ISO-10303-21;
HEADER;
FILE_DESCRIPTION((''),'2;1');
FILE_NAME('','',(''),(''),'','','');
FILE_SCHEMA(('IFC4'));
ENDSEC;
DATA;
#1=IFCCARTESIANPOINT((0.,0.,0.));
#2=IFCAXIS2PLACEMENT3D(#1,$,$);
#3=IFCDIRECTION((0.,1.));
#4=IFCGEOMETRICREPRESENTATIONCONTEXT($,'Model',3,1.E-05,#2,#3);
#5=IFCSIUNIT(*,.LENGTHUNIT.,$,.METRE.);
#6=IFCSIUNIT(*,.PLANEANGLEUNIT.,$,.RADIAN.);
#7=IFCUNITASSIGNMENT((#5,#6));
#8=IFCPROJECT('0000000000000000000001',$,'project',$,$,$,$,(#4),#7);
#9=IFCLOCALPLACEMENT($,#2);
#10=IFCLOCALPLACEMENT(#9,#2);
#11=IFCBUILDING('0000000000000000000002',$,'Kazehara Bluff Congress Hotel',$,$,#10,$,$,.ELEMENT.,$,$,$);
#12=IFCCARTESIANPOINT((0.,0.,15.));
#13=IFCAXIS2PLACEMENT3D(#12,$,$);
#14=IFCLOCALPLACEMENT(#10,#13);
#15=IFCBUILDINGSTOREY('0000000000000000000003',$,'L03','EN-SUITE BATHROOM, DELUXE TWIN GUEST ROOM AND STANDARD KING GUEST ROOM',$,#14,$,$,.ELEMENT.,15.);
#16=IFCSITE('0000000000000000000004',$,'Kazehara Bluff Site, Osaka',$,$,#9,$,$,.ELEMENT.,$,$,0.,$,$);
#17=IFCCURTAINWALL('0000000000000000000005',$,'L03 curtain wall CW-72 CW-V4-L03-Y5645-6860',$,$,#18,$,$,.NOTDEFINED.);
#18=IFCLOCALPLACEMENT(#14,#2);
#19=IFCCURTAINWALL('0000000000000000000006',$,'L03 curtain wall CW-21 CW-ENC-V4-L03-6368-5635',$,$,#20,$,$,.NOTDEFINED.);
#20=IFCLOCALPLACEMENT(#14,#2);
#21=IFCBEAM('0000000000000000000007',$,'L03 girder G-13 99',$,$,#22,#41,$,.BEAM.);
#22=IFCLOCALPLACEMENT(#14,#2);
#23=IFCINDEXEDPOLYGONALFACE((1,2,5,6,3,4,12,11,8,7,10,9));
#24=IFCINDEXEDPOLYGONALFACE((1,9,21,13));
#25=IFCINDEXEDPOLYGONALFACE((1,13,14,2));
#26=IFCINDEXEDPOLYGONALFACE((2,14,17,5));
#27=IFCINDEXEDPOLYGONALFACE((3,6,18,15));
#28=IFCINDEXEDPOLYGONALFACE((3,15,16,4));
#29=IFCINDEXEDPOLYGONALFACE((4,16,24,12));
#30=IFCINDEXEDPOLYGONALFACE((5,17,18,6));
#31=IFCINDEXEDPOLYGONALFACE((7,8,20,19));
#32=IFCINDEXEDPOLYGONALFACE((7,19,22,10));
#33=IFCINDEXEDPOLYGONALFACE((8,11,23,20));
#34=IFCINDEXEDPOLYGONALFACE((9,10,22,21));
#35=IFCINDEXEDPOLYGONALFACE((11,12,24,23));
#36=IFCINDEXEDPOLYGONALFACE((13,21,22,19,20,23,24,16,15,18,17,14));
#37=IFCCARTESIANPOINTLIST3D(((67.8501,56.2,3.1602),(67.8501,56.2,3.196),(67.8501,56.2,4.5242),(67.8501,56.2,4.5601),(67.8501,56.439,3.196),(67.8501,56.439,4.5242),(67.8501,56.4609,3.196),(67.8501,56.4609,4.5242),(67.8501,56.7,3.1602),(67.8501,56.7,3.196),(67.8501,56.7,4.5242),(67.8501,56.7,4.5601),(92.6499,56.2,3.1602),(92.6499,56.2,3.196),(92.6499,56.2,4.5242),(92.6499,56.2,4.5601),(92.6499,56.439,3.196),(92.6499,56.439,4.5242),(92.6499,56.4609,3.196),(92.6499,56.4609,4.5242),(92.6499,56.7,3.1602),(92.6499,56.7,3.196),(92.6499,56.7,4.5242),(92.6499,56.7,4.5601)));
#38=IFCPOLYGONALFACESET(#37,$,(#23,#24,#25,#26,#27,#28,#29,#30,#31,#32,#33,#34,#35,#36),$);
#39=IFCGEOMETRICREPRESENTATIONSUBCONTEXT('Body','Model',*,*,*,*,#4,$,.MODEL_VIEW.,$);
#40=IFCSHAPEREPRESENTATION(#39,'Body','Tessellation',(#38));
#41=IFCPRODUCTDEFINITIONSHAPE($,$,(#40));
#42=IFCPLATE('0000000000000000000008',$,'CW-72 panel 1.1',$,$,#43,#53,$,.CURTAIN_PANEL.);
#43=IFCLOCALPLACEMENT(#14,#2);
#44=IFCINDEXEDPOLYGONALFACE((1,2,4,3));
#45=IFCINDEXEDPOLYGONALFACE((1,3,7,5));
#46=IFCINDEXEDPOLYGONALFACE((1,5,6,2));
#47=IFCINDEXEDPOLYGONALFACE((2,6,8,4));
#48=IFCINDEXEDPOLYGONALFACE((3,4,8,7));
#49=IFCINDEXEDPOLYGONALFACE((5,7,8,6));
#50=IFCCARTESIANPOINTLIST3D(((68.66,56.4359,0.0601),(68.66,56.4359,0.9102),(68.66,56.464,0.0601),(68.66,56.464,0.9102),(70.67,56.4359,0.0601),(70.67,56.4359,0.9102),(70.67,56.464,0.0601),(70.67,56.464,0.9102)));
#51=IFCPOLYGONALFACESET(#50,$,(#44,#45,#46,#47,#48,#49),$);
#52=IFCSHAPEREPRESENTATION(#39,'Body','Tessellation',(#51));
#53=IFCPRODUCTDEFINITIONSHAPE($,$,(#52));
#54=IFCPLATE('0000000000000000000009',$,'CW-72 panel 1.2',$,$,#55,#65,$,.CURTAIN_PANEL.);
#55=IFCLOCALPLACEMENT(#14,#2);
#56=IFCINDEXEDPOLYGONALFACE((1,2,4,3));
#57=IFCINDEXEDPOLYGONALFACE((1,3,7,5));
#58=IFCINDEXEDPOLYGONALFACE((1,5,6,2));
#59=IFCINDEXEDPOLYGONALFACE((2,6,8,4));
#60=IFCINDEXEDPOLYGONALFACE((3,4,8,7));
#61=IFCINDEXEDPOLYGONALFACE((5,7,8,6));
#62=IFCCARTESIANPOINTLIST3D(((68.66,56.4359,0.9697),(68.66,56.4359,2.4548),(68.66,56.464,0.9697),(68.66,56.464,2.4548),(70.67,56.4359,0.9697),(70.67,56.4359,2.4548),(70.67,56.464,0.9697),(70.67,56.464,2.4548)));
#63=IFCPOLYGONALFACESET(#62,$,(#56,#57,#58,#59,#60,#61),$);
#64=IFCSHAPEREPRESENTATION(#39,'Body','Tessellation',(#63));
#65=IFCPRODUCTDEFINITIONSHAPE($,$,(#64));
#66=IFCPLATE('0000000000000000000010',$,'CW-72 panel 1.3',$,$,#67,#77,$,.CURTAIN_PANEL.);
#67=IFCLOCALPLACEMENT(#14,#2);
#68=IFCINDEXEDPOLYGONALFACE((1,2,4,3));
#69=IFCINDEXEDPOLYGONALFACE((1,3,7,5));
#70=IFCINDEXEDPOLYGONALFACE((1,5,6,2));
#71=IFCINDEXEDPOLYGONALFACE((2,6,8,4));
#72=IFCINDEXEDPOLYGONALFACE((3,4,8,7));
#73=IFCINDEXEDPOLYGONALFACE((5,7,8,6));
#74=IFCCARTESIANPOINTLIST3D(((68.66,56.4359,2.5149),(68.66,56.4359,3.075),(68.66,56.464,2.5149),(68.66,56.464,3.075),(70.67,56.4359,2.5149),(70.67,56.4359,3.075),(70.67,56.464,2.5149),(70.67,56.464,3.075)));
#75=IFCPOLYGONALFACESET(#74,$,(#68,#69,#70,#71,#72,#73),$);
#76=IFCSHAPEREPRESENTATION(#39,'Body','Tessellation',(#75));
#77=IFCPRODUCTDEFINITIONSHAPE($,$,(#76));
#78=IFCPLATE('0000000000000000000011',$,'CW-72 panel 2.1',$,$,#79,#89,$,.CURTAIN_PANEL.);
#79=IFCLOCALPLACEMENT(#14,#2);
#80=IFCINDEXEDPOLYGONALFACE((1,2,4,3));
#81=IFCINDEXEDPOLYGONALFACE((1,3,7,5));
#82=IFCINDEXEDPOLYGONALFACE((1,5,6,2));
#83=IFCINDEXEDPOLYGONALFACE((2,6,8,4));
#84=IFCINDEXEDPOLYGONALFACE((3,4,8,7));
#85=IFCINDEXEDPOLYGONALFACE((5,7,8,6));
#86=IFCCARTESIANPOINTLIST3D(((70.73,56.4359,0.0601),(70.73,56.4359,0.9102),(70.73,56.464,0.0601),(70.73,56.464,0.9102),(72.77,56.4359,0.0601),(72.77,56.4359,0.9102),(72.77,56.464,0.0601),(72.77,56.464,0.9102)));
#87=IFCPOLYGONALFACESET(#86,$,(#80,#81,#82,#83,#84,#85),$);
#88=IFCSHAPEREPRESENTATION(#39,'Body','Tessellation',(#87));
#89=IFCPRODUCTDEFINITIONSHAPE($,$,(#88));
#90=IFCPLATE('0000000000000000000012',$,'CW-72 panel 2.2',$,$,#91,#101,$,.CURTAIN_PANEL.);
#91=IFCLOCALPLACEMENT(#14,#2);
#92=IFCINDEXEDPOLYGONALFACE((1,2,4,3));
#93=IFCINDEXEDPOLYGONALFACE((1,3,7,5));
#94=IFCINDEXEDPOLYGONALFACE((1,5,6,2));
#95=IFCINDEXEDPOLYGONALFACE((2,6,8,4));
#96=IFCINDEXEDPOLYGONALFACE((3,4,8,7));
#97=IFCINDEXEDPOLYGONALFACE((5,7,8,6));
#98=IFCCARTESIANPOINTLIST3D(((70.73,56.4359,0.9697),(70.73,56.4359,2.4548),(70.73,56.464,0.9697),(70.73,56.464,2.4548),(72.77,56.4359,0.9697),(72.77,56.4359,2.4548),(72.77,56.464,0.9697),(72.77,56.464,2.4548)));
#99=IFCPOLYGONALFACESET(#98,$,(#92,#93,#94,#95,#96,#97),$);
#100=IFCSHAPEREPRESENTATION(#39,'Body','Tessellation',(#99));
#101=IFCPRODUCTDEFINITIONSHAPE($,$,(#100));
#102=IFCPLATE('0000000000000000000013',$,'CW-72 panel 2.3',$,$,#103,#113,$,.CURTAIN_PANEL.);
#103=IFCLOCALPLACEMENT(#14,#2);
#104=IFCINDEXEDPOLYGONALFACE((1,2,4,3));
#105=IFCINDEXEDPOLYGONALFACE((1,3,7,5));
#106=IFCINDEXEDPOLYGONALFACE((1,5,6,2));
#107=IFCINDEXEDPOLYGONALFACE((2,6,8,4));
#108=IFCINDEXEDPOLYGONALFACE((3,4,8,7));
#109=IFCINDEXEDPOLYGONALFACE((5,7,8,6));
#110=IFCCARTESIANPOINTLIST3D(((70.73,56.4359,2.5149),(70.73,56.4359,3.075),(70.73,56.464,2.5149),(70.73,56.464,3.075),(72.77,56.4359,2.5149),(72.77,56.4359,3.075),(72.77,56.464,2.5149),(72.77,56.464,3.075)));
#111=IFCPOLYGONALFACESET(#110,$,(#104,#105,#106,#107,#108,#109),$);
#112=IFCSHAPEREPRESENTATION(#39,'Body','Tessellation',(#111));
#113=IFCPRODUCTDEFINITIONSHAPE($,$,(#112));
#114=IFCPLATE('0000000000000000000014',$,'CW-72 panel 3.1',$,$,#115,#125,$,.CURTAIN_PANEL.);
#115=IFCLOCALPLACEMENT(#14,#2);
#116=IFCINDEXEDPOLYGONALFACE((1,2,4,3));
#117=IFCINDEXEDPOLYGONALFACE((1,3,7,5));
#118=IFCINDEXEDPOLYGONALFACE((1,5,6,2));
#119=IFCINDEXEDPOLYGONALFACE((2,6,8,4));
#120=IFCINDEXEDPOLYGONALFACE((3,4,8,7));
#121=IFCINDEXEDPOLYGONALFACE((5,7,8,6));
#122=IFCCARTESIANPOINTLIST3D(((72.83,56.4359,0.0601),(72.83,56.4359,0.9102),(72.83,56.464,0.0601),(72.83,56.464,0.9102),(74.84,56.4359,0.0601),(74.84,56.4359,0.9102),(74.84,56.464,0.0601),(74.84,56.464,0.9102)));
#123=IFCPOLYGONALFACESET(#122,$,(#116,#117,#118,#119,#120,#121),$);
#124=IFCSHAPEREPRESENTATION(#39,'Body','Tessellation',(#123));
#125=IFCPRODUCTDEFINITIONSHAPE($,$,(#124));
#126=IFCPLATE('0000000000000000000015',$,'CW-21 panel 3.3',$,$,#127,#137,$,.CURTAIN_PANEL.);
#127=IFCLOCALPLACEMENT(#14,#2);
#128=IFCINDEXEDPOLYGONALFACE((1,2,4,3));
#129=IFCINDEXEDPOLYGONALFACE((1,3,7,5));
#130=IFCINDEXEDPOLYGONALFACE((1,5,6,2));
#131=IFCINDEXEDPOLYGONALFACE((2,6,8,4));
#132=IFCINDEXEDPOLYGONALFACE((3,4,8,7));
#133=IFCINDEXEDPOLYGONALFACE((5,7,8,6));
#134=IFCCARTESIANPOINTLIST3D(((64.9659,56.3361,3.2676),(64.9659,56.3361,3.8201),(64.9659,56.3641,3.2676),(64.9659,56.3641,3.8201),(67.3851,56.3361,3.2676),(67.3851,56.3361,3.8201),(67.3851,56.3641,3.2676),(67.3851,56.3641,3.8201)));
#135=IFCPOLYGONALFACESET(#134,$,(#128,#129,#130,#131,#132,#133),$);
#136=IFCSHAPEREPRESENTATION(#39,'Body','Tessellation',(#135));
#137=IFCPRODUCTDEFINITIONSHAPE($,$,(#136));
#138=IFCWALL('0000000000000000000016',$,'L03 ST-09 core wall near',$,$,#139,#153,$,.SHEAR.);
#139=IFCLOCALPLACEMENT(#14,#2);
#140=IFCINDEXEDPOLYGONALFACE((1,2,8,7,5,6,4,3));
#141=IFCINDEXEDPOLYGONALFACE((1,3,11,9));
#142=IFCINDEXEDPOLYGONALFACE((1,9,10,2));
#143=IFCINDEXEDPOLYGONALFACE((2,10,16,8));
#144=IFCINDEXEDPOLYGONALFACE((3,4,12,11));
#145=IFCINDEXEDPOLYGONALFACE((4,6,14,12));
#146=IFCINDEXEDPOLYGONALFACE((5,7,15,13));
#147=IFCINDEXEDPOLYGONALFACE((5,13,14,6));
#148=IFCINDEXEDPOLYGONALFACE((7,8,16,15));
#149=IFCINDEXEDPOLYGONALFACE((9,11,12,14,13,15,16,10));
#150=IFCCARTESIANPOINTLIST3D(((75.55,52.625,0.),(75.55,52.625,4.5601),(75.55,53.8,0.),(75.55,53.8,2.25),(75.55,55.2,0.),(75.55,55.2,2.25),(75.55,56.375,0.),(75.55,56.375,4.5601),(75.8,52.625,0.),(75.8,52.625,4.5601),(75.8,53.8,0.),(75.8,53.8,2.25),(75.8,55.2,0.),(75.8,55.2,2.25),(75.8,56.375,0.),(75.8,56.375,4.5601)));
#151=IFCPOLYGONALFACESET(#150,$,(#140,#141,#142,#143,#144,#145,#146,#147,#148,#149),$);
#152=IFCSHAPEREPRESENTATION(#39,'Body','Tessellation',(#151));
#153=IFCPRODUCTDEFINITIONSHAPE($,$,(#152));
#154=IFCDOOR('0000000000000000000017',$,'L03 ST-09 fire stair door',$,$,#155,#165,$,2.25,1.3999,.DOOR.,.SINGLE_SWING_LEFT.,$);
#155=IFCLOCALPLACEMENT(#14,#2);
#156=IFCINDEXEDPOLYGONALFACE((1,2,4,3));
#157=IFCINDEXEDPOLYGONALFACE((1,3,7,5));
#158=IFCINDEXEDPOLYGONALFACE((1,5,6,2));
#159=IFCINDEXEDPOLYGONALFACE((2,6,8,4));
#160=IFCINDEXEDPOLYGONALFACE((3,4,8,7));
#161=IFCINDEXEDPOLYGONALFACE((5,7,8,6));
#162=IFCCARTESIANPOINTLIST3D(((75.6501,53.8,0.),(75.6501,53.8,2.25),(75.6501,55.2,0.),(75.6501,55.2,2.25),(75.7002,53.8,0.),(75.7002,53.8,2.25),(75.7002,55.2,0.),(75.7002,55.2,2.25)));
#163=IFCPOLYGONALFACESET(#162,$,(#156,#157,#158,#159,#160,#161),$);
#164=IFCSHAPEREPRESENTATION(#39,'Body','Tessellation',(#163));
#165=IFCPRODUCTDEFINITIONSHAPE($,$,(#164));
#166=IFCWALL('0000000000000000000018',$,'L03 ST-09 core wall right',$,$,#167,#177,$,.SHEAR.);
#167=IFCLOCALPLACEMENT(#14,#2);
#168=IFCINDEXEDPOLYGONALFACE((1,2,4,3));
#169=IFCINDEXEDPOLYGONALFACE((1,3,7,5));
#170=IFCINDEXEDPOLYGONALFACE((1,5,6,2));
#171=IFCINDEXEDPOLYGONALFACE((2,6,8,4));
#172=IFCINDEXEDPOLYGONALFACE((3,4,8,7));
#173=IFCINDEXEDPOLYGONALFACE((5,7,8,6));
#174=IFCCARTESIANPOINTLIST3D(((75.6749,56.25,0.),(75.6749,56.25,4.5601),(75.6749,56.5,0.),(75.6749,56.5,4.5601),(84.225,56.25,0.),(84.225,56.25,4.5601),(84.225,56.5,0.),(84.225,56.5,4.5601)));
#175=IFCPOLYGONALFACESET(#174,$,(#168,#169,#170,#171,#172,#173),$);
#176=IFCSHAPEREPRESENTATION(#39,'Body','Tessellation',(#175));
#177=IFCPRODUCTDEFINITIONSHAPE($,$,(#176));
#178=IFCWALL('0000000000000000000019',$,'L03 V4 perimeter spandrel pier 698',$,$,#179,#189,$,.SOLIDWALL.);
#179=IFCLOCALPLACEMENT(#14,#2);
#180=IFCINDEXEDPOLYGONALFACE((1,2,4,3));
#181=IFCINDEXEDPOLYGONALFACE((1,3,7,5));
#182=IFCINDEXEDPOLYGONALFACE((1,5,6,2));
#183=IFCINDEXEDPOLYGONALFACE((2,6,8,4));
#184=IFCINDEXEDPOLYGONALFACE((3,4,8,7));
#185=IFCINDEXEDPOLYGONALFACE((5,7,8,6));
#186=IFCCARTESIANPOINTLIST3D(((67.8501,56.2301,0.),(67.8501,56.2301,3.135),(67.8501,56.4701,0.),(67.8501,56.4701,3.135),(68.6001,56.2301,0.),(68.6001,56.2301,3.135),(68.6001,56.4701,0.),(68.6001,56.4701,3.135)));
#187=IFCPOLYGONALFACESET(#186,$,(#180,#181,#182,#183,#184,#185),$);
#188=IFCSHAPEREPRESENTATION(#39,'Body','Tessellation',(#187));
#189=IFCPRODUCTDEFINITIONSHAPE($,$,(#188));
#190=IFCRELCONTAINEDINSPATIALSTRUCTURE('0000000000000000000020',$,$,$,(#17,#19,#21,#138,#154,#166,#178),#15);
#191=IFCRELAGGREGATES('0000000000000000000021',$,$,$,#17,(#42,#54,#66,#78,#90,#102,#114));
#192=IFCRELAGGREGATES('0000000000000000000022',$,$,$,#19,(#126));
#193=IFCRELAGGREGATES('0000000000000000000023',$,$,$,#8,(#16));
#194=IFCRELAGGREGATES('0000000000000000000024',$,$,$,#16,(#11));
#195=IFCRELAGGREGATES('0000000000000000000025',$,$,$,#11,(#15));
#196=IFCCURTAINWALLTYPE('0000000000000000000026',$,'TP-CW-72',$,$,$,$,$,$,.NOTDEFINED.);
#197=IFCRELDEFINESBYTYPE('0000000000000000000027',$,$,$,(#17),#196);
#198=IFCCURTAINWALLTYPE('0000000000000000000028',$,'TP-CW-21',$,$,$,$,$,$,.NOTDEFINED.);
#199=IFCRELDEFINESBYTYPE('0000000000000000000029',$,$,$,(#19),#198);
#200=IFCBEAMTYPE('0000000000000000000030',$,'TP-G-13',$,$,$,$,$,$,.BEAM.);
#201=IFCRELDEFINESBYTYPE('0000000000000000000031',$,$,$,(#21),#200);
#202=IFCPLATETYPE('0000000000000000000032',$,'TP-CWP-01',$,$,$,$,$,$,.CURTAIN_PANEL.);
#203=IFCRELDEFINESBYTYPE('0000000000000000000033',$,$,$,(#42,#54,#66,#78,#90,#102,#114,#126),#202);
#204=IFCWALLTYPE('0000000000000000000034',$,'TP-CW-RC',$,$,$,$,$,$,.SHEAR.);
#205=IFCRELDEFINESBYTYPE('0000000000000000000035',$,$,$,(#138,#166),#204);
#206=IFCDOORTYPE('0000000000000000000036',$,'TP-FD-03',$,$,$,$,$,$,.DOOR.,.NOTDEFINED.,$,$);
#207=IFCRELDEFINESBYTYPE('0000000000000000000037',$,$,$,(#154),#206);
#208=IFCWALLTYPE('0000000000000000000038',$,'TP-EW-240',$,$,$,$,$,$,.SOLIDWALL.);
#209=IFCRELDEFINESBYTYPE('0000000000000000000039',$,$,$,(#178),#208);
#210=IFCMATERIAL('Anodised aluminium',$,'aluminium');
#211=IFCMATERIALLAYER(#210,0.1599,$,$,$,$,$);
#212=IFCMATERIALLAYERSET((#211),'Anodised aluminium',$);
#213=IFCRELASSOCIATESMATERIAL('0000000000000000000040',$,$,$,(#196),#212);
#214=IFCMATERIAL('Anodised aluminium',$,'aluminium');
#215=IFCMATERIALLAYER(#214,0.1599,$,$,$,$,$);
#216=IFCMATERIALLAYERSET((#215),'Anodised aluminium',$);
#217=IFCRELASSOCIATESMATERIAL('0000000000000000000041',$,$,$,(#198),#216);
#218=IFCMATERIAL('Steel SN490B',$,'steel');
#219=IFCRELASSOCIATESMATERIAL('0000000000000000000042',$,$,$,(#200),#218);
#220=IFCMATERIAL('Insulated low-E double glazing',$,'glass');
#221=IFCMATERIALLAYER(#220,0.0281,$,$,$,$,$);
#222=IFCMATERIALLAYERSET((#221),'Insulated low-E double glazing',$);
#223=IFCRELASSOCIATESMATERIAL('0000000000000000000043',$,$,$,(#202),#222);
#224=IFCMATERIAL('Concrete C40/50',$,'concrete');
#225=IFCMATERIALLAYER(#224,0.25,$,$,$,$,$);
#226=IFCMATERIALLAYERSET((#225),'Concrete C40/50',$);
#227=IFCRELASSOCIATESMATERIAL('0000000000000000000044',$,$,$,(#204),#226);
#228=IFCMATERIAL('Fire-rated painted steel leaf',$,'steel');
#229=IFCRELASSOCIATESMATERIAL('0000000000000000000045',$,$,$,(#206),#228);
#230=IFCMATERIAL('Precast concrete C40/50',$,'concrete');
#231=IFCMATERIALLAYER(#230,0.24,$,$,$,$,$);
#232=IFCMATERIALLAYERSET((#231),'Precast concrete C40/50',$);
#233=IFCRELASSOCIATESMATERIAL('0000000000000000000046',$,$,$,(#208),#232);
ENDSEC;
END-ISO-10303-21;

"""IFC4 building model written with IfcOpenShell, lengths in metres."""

from ifc_helpers import new_model, si_unit, direction, frame, frame_2d, origin, origin_2d, place, context, subcontext, project, spatial, rectangle, i_section, extrude, material, layer, layer_set, material_profile, profile_set, type_object, element, fill, aggregate, save


model = new_model("IFC4")

# Units and contexts
model_context = context("Model", 3, precision=1e-05, world=origin(), true_north=direction((0.0, 1.0)))
body_context = subcontext(model_context, "Body", "Model", "MODEL_VIEW")
ifc_project = project(units=[si_unit("LENGTHUNIT", "METRE"), si_unit("PLANEANGLEUNIT", "RADIAN")], contexts=[model_context])

# Site, building, storey
site_placement = place(None, origin())
site = spatial("IfcSite", under=ifc_project, at=site_placement, Name="Kazehara Bluff Site, Osaka", CompositionType="ELEMENT", RefElevation=0.0)
building_placement = place(site_placement, origin())
building = spatial("IfcBuilding", under=site, at=building_placement, Name="Kazehara Bluff Congress Hotel", CompositionType="ELEMENT")
storey_placement = place(building_placement, frame((0.0, 0.0, 15.0)))
storey = spatial("IfcBuildingStorey", under=building, at=storey_placement, Name="L03", Description="EN-SUITE BATHROOM, DELUXE TWIN GUEST ROOM AND STANDARD KING GUEST ROOM", CompositionType="ELEMENT", Elevation=15.0)

# Curtain wall
ifc_material_1 = material(Name="Anodised aluminium", Category="aluminium")
ifc_layer_1 = layer(ifc_material_1, 0.1599)
ifc_layer_set_1 = layer_set([ifc_layer_1], Name="Anodised aluminium")
curtain_wall_type_1 = type_object("IfcCurtainWallType", Name="TP-CW-72", PredefinedType="NOTDEFINED", material=ifc_layer_set_1)
curtain_wall_1_placement = place(storey_placement, origin())
curtain_wall_1 = element("IfcCurtainWall", 1, at=curtain_wall_1_placement, inside=storey, type_object=curtain_wall_type_1, Name="L03 curtain wall CW-72 CW-V4-L03-Y5645-6860", PredefinedType="NOTDEFINED")

# Curtain wall
ifc_material_2 = material(Name="Anodised aluminium", Category="aluminium")
ifc_layer_2 = layer(ifc_material_2, 0.1599)
ifc_layer_set_2 = layer_set([ifc_layer_2], Name="Anodised aluminium")
curtain_wall_type_2 = type_object("IfcCurtainWallType", Name="TP-CW-21", PredefinedType="NOTDEFINED", material=ifc_layer_set_2)
curtain_wall_2_placement = place(storey_placement, origin())
curtain_wall_2 = element("IfcCurtainWall", 2, at=curtain_wall_2_placement, inside=storey, type_object=curtain_wall_type_2, Name="L03 curtain wall CW-21 CW-ENC-V4-L03-6368-5635", PredefinedType="NOTDEFINED")

# Beam
ifc_material_3 = material(Name="Steel SN490B", Category="steel")
ifc_material_profile_1 = material_profile(ifc_material_3, i_section(OverallWidth=0.5, OverallDepth=1.3999, WebThickness=0.022, FlangeThickness=0.0359, at=origin_2d()))
ifc_profile_set_1 = profile_set([ifc_material_profile_1], Name="Steel SN490B")
beam_type_1 = type_object("IfcBeamType", Name="TP-G-13", PredefinedType="BEAM", material=ifc_profile_set_1)
beam_1_placement = place(storey_placement, frame((67.8501, 56.45, 3.8601), z_axis=(1.0, 0.0, 0.0), x_axis=(0.0, 1.0, 0.0)))
element("IfcBeam", 3, at=beam_1_placement, inside=storey, type_object=beam_type_1, Name="L03 girder G-13 99", PredefinedType="BEAM", context=body_context, shape_type="SweptSolid", body=[
    extrude(i_section(OverallWidth=0.5, OverallDepth=1.3999, WebThickness=0.022, FlangeThickness=0.0359, at=origin_2d()), origin(), (0.0, 0.0, 1.0), 24.7998),
])

# Plates
ifc_material_4 = material(Name="Insulated low-E double glazing", Category="glass")
ifc_layer_3 = layer(ifc_material_4, 0.0281)
ifc_layer_set_3 = layer_set([ifc_layer_3], Name="Insulated low-E double glazing")
plate_type = type_object("IfcPlateType", Name="TP-CWP-01", PredefinedType="CURTAIN_PANEL", material=ifc_layer_set_3)
plate_1_placement = place(storey_placement, frame((69.665, 56.45, 0.0601), z_axis=(0.0, 0.0, 1.0), x_axis=(1.0, 0.0, 0.0)))
plate_1 = element("IfcPlate", 4, at=plate_1_placement, type_object=plate_type, Name="CW-72 panel 1.1", PredefinedType="CURTAIN_PANEL", context=body_context, shape_type="SweptSolid", body=[
    extrude(rectangle(XDim=2.01, YDim=0.0281, at=origin_2d()), origin(), (0.0, 0.0, 1.0), 0.8501),
])
plate_2_placement = place(storey_placement, frame((69.665, 56.45, 0.9697), z_axis=(0.0, 0.0, 1.0), x_axis=(1.0, 0.0, 0.0)))
plate_2 = element("IfcPlate", 5, at=plate_2_placement, type_object=plate_type, Name="CW-72 panel 1.2", PredefinedType="CURTAIN_PANEL", context=body_context, shape_type="SweptSolid", body=[
    extrude(rectangle(XDim=2.01, YDim=0.0281, at=origin_2d()), origin(), (0.0, 0.0, 1.0), 1.4851),
])
plate_3_placement = place(storey_placement, frame((69.665, 56.45, 2.5149), z_axis=(0.0, 0.0, 1.0), x_axis=(1.0, 0.0, 0.0)))
plate_3 = element("IfcPlate", 6, at=plate_3_placement, type_object=plate_type, Name="CW-72 panel 1.3", PredefinedType="CURTAIN_PANEL", context=body_context, shape_type="SweptSolid", body=[
    extrude(rectangle(XDim=2.01, YDim=0.0281, at=origin_2d()), origin(), (0.0, 0.0, 1.0), 0.5601),
])
plate_4_placement = place(storey_placement, frame((71.75, 56.45, 0.0601), z_axis=(0.0, 0.0, 1.0), x_axis=(1.0, 0.0, 0.0)))
plate_4 = element("IfcPlate", 7, at=plate_4_placement, type_object=plate_type, Name="CW-72 panel 2.1", PredefinedType="CURTAIN_PANEL", context=body_context, shape_type="SweptSolid", body=[
    extrude(rectangle(XDim=2.04, YDim=0.0281, at=origin_2d()), origin(), (0.0, 0.0, 1.0), 0.8501),
])
plate_5_placement = place(storey_placement, frame((71.75, 56.45, 0.9697), z_axis=(0.0, 0.0, 1.0), x_axis=(1.0, 0.0, 0.0)))
plate_5 = element("IfcPlate", 8, at=plate_5_placement, type_object=plate_type, Name="CW-72 panel 2.2", PredefinedType="CURTAIN_PANEL", context=body_context, shape_type="SweptSolid", body=[
    extrude(rectangle(XDim=2.04, YDim=0.0281, at=origin_2d()), origin(), (0.0, 0.0, 1.0), 1.4851),
])
plate_6_placement = place(storey_placement, frame((71.75, 56.45, 2.5149), z_axis=(0.0, 0.0, 1.0), x_axis=(1.0, 0.0, 0.0)))
plate_6 = element("IfcPlate", 9, at=plate_6_placement, type_object=plate_type, Name="CW-72 panel 2.3", PredefinedType="CURTAIN_PANEL", context=body_context, shape_type="SweptSolid", body=[
    extrude(rectangle(XDim=2.04, YDim=0.0281, at=origin_2d()), origin(), (0.0, 0.0, 1.0), 0.5601),
])
plate_7_placement = place(storey_placement, frame((73.835, 56.45, 0.0601), z_axis=(0.0, 0.0, 1.0), x_axis=(1.0, 0.0, 0.0)))
plate_7 = element("IfcPlate", 10, at=plate_7_placement, type_object=plate_type, Name="CW-72 panel 3.1", PredefinedType="CURTAIN_PANEL", context=body_context, shape_type="SweptSolid", body=[
    extrude(rectangle(XDim=2.01, YDim=0.0281, at=origin_2d()), origin(), (0.0, 0.0, 1.0), 0.8501),
])
aggregate(curtain_wall_1, [plate_1, plate_2, plate_3, plate_4, plate_5, plate_6, plate_7])
plate_8_placement = place(storey_placement, frame((66.1755, 56.3501, 3.2676), z_axis=(0.0, 0.0, 1.0), x_axis=(1.0, 0.0, 0.0)))
plate_8 = element("IfcPlate", 11, at=plate_8_placement, type_object=plate_type, Name="CW-21 panel 3.3", PredefinedType="CURTAIN_PANEL", context=body_context, shape_type="SweptSolid", body=[
    extrude(rectangle(XDim=2.4192, YDim=0.0281, at=origin_2d()), origin(), (0.0, 0.0, 1.0), 0.5525),
])
aggregate(curtain_wall_2, [plate_8])

# Wall, opening, door
ifc_material_5 = material(Name="Concrete C40/50", Category="concrete")
ifc_layer_4 = layer(ifc_material_5, 0.25)
ifc_layer_set_4 = layer_set([ifc_layer_4], Name="Concrete C40/50")
wall_type_1 = type_object("IfcWallType", Name="TP-CW-RC", PredefinedType="SHEAR", material=ifc_layer_set_4)
wall_1_placement = place(storey_placement, frame((75.675, 52.625, 0.0), z_axis=(0.0, 0.0, 1.0), x_axis=(0.0, 1.0, 0.0)))
wall_1 = element("IfcWall", 12, at=wall_1_placement, inside=storey, type_object=wall_type_1, Name="L03 ST-09 core wall near", PredefinedType="SHEAR", context=body_context, shape_type="SweptSolid", body=[
    extrude(rectangle(XDim=3.75, YDim=0.25, at=frame_2d((1.875, 0.0))), origin(), (0.0, 0.0, 1.0), 4.5601),
])
opening_placement = place(wall_1_placement, frame((1.175, 0.0, 0.0)))
opening = element("IfcOpeningElement", 13, at=opening_placement, cuts=wall_1, PredefinedType="OPENING", context=body_context, shape_type="SweptSolid", body=[
    extrude(rectangle(XDim=1.3999, YDim=2.25, at=frame_2d((0.7, 1.125))), frame((0.0, 0.135, 0.0), z_axis=(0.0, -1.0, 0.0), x_axis=(1.0, 0.0, 0.0)), (0.0, 0.0, 1.0), 0.27),
])
ifc_material_6 = material(Name="Fire-rated painted steel leaf", Category="steel")
door_type = type_object("IfcDoorType", Name="TP-FD-03", OperationType="NOTDEFINED", PredefinedType="DOOR", material=ifc_material_6)
door_placement = place(opening_placement, origin())
door = element("IfcDoor", 14, at=door_placement, inside=storey, type_object=door_type, Name="L03 ST-09 fire stair door", OperationType="SINGLE_SWING_LEFT", OverallHeight=2.25, OverallWidth=1.3999, PredefinedType="DOOR", context=body_context, shape_type="SweptSolid", body=[
    extrude(rectangle(XDim=1.3999, YDim=2.25, at=frame_2d((0.7, 1.125))), frame((0.0, 0.0249, 0.0), z_axis=(0.0, -1.0, 0.0), x_axis=(1.0, 0.0, 0.0)), (0.0, 0.0, 1.0), 0.05),
])
fill(opening, door)

# Walls
wall_2_placement = place(storey_placement, frame((75.675, 56.375, 0.0), z_axis=(0.0, 0.0, 1.0), x_axis=(1.0, 0.0, 0.0)))
element("IfcWall", 15, at=wall_2_placement, inside=storey, type_object=wall_type_1, Name="L03 ST-09 core wall right", PredefinedType="SHEAR", context=body_context, shape_type="SweptSolid", body=[
    extrude(rectangle(XDim=8.55, YDim=0.25, at=frame_2d((4.2749, 0.0))), origin(), (0.0, 0.0, 1.0), 4.5601),
])
ifc_material_7 = material(Name="Precast concrete C40/50", Category="concrete")
ifc_layer_5 = layer(ifc_material_7, 0.24)
ifc_layer_set_5 = layer_set([ifc_layer_5], Name="Precast concrete C40/50")
wall_type_2 = type_object("IfcWallType", Name="TP-EW-240", PredefinedType="SOLIDWALL", material=ifc_layer_set_5)
wall_3_placement = place(storey_placement, frame((67.8501, 56.3501, 0.0), z_axis=(0.0, 0.0, 1.0), x_axis=(1.0, 0.0, 0.0)))
element("IfcWall", 16, at=wall_3_placement, inside=storey, type_object=wall_type_2, Name="L03 V4 perimeter spandrel pier 698", PredefinedType="SOLIDWALL", context=body_context, shape_type="SweptSolid", body=[
    extrude(rectangle(XDim=0.75, YDim=0.24, at=frame_2d((0.375, 0.0))), origin(), (0.0, 0.0, 1.0), 3.135),
])

save(model, "model.ifc")
